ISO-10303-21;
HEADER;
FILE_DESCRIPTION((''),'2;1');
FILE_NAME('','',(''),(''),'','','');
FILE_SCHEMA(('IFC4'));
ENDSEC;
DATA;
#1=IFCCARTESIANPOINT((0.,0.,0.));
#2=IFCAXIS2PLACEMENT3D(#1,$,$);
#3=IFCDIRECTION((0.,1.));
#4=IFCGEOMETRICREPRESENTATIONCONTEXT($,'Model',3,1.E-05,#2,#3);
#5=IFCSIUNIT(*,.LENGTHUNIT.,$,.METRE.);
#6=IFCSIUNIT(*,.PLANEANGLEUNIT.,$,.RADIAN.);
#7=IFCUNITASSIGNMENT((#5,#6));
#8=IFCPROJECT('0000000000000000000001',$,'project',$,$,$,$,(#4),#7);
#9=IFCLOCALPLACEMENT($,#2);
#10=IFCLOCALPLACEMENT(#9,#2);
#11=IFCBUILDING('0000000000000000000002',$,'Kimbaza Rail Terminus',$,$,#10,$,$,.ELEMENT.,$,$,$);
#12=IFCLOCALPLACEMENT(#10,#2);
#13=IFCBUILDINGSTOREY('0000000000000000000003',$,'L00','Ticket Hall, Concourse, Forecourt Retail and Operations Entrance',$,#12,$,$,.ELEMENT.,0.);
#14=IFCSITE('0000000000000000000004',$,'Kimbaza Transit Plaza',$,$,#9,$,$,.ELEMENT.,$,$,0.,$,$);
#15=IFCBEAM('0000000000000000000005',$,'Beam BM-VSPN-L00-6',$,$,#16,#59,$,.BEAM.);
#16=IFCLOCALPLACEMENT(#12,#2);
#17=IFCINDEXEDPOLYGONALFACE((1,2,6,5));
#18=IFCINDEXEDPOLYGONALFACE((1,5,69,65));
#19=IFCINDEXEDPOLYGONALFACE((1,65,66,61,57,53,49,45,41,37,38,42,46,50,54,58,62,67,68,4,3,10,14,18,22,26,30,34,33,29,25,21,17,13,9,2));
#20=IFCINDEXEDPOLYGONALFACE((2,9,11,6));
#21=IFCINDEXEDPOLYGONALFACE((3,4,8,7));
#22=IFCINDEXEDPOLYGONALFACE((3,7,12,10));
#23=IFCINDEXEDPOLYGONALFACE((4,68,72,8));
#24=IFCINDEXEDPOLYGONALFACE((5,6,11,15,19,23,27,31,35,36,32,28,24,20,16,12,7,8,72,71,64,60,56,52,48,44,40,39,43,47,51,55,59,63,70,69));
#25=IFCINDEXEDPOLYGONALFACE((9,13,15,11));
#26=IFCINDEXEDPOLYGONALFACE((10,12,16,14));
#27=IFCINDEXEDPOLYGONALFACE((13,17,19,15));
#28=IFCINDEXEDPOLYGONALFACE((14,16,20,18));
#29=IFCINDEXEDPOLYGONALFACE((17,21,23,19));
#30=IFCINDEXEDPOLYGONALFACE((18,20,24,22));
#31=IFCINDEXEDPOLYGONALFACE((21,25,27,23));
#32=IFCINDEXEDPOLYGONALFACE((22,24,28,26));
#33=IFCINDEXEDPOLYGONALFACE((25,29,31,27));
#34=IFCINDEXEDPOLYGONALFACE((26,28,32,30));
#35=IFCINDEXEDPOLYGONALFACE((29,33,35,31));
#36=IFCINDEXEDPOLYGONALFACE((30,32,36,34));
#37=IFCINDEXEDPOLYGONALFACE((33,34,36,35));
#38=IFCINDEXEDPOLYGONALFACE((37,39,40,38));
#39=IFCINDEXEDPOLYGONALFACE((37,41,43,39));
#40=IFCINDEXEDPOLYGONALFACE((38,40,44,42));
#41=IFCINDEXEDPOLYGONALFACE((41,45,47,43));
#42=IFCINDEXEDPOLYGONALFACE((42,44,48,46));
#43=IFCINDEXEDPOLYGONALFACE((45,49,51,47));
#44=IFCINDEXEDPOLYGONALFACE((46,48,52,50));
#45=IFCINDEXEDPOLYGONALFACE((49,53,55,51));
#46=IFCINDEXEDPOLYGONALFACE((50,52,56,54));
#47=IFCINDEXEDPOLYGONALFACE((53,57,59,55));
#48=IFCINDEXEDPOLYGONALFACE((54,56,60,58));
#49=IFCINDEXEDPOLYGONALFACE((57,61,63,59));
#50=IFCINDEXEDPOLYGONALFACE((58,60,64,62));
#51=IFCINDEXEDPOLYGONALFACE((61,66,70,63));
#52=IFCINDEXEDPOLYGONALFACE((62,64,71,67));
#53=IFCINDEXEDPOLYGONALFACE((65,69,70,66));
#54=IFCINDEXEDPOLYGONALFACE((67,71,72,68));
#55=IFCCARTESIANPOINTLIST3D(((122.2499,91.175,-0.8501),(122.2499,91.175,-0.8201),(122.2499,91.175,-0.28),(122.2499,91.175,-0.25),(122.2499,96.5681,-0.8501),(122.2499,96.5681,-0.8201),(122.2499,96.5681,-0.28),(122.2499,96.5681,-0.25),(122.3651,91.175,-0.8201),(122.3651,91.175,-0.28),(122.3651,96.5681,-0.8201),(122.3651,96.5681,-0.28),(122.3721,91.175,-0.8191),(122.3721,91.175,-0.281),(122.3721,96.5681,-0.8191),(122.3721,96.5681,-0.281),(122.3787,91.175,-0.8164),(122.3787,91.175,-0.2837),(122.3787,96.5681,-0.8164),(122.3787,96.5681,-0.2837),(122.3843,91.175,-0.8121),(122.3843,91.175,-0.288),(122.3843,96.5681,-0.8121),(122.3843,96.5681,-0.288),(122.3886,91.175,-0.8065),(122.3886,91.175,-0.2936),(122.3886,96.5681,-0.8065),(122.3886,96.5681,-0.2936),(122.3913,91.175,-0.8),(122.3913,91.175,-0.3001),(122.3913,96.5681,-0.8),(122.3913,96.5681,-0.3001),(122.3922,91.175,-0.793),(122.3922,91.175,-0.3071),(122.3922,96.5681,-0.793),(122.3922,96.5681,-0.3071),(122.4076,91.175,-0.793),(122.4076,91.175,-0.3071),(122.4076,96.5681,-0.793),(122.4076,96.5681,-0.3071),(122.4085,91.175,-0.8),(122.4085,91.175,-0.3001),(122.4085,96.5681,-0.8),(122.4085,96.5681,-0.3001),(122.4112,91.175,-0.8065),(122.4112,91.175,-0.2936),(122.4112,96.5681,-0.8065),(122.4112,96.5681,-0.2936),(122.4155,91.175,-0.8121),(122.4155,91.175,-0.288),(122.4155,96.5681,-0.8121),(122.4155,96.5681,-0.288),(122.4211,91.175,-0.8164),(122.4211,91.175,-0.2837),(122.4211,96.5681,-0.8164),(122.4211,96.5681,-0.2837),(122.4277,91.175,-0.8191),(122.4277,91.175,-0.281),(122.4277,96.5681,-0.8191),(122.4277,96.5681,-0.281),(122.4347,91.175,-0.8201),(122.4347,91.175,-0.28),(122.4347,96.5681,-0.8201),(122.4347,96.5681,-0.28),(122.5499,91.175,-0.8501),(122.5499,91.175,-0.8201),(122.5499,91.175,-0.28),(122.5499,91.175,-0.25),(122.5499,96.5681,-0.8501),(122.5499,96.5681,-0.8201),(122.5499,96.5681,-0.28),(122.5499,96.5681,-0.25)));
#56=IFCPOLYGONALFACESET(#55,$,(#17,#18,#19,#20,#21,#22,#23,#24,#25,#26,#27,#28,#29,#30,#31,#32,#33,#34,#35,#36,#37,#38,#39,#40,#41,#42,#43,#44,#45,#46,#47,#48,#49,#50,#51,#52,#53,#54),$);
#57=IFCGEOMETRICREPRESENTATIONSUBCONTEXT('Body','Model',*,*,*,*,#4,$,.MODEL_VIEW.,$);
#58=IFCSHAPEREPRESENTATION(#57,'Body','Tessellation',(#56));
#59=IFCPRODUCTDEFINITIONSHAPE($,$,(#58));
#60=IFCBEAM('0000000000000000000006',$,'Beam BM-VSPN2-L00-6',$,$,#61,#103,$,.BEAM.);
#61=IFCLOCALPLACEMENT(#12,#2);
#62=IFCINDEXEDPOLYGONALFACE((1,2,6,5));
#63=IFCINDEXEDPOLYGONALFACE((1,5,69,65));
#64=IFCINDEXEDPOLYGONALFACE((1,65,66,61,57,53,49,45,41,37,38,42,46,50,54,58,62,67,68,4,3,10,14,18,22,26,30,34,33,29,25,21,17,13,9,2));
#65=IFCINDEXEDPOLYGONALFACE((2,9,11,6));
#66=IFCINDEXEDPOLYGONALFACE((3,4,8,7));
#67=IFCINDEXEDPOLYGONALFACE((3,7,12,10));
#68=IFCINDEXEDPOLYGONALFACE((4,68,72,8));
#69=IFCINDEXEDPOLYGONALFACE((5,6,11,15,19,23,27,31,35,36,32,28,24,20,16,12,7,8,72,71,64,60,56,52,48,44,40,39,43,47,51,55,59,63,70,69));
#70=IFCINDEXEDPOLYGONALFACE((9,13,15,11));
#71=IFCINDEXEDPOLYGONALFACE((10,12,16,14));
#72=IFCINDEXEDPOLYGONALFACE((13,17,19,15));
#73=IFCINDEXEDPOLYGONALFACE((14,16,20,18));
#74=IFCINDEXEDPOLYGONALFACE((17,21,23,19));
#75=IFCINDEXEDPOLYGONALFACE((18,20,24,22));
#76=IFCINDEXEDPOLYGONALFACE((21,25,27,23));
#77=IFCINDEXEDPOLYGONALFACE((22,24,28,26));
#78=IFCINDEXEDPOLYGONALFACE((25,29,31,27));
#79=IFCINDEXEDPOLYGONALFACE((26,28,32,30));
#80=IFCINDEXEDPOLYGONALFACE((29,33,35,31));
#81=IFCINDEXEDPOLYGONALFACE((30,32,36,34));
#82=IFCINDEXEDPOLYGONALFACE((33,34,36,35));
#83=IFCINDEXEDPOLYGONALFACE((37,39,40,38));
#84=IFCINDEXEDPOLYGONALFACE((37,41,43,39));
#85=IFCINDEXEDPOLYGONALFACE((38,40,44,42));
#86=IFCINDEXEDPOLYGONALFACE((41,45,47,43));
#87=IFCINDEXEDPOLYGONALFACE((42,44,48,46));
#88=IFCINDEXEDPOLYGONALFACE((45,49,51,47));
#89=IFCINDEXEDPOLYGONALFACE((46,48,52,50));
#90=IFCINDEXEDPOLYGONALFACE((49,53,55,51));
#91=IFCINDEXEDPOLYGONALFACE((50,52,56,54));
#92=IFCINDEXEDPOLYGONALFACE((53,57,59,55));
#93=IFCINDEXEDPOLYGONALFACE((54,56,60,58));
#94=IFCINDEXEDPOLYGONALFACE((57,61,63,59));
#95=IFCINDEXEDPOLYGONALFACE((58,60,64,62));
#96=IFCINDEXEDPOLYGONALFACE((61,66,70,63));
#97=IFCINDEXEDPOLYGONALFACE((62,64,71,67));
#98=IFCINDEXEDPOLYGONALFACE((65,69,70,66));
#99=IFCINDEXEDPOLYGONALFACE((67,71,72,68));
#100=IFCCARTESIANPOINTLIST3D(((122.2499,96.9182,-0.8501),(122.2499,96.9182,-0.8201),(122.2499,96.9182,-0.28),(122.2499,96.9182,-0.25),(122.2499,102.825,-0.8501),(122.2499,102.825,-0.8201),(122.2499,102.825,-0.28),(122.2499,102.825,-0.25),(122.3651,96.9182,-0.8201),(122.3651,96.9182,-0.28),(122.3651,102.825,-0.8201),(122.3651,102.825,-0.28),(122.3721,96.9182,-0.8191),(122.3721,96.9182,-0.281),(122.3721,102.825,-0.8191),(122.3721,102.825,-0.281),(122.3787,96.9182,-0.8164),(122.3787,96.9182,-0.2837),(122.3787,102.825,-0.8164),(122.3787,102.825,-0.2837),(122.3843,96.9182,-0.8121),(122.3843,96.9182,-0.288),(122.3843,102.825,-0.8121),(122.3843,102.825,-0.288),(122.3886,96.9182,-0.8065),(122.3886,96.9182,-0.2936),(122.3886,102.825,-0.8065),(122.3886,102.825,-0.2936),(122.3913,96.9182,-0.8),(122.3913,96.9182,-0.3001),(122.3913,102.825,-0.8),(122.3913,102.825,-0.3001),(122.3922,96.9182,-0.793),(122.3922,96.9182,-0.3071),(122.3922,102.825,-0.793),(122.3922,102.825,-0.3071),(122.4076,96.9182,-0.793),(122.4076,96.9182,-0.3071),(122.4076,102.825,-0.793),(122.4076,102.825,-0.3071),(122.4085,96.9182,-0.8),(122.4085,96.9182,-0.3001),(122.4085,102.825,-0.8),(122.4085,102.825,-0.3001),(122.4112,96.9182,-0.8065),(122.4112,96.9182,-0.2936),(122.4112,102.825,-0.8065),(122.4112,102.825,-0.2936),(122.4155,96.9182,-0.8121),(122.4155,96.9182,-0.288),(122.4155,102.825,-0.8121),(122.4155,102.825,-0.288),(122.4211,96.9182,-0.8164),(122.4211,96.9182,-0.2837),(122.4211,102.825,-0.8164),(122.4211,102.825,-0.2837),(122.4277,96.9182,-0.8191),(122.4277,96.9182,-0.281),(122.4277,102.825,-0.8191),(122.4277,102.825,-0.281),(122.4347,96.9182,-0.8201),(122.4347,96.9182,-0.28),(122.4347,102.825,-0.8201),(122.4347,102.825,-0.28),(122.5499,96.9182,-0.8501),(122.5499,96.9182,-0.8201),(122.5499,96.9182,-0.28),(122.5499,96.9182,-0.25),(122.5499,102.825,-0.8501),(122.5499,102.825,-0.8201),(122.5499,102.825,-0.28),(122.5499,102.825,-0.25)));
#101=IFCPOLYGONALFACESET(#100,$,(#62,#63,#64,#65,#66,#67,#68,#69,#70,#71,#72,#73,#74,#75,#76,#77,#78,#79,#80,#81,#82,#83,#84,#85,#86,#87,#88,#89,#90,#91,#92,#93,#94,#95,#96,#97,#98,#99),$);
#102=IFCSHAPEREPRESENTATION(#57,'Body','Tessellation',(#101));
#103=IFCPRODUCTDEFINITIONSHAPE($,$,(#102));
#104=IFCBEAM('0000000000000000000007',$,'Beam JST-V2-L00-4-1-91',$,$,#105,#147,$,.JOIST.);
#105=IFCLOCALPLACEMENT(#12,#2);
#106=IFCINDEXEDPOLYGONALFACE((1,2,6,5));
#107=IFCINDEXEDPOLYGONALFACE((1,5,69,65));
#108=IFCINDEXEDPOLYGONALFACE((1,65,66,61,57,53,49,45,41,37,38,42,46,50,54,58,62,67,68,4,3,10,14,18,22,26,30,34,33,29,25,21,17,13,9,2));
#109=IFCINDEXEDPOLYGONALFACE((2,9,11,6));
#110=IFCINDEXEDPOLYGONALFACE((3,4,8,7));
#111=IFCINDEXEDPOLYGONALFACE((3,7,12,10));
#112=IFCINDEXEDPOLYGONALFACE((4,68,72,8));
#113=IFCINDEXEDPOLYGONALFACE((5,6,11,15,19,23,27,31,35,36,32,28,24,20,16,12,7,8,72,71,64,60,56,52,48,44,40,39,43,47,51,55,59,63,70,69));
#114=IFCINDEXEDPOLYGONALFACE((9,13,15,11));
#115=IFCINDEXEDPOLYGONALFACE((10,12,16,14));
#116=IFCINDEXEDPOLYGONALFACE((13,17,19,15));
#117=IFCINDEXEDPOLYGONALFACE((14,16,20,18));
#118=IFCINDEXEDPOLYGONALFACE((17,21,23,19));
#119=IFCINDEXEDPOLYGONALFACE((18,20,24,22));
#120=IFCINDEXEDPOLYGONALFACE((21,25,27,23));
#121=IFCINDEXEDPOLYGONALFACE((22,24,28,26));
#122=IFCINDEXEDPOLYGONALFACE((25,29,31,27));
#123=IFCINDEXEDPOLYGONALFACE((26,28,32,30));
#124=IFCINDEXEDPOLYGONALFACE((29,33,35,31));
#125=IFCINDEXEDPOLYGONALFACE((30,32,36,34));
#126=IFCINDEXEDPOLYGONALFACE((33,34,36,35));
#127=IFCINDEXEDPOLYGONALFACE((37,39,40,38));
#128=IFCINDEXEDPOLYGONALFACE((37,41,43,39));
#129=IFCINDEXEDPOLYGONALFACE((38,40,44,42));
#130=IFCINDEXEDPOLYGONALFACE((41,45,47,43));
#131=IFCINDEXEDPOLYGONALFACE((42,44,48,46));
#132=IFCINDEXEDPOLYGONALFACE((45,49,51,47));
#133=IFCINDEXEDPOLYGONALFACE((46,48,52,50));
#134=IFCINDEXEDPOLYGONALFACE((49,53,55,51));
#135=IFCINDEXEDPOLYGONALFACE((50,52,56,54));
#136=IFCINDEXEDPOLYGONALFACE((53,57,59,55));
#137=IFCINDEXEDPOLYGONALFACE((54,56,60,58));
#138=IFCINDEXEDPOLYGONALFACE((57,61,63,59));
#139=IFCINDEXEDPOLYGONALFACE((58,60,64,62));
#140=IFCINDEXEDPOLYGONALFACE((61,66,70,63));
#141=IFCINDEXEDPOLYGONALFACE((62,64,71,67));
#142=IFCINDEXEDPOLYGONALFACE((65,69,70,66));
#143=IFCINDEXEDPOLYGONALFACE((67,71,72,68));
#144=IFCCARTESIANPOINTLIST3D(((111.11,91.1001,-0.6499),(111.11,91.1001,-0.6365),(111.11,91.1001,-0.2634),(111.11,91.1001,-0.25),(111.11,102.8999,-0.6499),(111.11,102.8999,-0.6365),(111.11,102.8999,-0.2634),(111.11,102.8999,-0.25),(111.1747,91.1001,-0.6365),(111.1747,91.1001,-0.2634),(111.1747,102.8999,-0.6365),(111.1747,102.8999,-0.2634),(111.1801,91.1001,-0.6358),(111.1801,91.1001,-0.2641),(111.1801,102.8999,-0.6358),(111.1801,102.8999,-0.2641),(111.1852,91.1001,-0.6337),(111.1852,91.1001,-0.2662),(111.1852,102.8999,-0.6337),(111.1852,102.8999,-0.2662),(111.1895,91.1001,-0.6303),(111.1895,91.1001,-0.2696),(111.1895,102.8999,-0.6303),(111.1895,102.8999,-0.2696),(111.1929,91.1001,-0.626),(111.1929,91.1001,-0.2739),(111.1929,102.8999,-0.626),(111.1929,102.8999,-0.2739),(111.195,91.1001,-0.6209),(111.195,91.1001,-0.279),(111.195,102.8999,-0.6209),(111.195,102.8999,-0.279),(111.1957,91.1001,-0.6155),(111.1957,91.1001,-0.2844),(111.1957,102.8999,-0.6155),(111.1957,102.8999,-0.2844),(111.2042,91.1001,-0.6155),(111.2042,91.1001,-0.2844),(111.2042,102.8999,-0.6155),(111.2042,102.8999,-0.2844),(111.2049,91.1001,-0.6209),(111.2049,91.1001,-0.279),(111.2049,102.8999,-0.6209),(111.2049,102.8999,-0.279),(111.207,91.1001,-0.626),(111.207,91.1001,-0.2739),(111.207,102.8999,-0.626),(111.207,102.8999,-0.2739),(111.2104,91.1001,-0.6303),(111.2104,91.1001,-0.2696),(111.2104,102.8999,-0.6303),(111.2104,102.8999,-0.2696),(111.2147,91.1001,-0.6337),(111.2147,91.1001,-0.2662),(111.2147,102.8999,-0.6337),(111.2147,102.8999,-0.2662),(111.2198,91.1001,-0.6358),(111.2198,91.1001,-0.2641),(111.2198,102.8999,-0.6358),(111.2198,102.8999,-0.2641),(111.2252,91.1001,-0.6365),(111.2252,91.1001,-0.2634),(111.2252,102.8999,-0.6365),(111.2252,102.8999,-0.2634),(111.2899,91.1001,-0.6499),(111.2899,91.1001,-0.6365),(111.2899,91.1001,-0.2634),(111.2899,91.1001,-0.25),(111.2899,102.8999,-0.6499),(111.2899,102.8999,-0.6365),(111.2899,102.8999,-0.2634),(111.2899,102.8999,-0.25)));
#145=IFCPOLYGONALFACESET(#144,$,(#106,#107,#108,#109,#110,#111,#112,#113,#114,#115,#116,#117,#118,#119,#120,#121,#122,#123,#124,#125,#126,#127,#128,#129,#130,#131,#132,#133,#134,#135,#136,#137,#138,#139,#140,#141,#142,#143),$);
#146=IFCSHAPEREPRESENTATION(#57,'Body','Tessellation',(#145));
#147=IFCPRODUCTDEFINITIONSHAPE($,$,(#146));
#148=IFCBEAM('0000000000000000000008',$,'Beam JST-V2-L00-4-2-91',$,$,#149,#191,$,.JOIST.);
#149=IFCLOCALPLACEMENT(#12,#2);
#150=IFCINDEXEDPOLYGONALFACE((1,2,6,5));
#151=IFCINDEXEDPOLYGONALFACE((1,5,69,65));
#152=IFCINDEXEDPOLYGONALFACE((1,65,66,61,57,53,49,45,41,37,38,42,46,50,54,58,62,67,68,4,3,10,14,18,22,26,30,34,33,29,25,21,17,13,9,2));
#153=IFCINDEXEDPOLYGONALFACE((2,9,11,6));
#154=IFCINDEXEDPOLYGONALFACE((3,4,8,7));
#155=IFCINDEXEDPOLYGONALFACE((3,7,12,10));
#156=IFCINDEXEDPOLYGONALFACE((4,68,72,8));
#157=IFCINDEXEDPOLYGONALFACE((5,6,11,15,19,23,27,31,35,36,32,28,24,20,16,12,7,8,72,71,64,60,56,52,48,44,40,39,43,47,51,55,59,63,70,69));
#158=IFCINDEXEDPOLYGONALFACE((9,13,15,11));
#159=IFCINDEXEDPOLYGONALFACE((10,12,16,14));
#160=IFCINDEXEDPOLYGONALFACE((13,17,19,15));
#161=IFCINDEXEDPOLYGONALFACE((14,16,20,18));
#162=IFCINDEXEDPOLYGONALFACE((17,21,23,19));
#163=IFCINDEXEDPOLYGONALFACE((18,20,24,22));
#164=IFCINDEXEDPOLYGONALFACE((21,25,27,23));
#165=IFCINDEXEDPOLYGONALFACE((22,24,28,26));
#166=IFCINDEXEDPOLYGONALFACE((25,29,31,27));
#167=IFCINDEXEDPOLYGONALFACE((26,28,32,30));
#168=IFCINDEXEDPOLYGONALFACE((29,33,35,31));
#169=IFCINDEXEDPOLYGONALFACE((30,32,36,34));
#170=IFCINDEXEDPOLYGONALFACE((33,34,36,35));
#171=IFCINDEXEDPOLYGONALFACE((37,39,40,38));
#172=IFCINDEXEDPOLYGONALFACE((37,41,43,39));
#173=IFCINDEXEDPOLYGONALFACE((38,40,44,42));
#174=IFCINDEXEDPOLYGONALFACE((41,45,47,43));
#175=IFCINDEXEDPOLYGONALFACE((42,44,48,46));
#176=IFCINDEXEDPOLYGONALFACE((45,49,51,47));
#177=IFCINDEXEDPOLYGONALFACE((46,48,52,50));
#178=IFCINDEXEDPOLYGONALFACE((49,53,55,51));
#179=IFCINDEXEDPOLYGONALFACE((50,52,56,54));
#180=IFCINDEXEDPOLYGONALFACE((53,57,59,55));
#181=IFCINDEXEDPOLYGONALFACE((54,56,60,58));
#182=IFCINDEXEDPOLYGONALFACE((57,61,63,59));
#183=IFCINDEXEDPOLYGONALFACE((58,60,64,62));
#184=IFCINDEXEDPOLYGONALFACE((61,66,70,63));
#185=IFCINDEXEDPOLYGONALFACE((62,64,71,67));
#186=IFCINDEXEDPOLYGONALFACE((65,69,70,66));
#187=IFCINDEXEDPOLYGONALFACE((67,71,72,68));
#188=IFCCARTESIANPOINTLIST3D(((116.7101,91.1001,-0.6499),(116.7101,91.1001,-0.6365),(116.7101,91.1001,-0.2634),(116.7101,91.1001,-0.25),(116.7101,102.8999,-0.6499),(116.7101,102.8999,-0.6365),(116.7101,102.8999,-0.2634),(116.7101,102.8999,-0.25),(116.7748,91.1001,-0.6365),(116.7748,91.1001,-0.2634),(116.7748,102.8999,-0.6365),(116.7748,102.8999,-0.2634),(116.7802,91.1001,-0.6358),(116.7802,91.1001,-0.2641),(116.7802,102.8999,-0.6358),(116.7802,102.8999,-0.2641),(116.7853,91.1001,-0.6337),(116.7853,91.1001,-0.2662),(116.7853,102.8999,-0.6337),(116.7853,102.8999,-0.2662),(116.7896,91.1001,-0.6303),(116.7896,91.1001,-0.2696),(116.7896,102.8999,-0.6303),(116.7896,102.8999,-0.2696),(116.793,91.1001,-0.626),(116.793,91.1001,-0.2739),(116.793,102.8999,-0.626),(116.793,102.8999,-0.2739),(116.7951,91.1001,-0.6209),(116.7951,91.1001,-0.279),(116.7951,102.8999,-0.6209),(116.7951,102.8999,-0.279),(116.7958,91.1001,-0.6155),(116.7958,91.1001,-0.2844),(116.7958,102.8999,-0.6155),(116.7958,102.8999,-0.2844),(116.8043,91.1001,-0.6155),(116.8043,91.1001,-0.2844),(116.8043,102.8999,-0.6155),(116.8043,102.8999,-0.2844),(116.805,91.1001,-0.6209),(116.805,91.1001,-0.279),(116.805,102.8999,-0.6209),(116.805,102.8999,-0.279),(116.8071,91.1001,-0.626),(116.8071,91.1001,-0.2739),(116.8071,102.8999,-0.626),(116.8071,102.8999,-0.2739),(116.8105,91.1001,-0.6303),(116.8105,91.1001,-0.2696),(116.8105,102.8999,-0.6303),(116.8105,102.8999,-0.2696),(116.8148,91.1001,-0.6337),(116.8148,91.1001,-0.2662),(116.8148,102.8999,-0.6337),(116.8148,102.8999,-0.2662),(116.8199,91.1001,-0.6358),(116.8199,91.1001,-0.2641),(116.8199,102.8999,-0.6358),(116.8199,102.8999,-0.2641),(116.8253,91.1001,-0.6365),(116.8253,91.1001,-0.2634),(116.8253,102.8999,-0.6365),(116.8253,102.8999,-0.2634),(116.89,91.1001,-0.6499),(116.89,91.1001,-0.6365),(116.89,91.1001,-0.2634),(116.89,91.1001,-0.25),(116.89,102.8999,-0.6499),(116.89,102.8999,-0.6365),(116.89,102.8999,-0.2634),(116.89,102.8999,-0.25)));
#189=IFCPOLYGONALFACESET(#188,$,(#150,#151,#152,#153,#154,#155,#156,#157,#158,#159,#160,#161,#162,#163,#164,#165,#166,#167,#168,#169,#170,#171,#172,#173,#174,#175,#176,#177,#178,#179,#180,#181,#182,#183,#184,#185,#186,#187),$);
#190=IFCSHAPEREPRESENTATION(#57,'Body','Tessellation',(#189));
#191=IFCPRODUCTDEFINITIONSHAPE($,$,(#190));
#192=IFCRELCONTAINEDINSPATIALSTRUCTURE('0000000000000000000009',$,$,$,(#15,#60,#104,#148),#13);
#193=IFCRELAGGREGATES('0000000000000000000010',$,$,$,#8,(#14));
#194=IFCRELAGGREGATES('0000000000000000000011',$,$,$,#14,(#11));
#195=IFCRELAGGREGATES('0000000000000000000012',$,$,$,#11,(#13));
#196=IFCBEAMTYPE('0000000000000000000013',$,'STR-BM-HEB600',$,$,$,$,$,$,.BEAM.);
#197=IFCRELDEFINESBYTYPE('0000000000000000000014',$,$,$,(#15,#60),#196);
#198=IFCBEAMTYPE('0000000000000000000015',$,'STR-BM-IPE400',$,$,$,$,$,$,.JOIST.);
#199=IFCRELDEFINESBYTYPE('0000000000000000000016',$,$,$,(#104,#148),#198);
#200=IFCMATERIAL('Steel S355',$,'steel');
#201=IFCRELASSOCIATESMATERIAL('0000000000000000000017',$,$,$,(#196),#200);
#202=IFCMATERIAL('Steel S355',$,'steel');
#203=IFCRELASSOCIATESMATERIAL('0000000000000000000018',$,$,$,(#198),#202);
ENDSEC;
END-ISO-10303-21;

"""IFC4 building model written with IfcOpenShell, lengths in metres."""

from ifc_helpers import new_model, si_unit, direction, frame, origin, origin_2d, place, context, subcontext, project, spatial, i_section, extrude, material, material_profile, profile_set, type_object, element, save


model = new_model("IFC4")

# Units and contexts
model_context = context("Model", 3, precision=1e-05, world=origin(), true_north=direction((0.0, 1.0)))
body_context = subcontext(model_context, "Body", "Model", "MODEL_VIEW")
ifc_project = project(units=[si_unit("LENGTHUNIT", "METRE"), si_unit("PLANEANGLEUNIT", "RADIAN")], contexts=[model_context])

# Site, building, storey
site_placement = place(None, origin())
site = spatial("IfcSite", under=ifc_project, at=site_placement, Name="Kimbaza Transit Plaza", CompositionType="ELEMENT", RefElevation=0.0)
building_placement = place(site_placement, origin())
building = spatial("IfcBuilding", under=site, at=building_placement, Name="Kimbaza Rail Terminus", CompositionType="ELEMENT")
storey_placement = place(building_placement, origin())
storey = spatial("IfcBuildingStorey", under=building, at=storey_placement, Name="L00", Description="Ticket Hall, Concourse, Forecourt Retail and Operations Entrance", CompositionType="ELEMENT", Elevation=0.0)

# Beams
ifc_material_1 = material(Name="Steel S355", Category="steel")
ifc_material_profile_1 = material_profile(ifc_material_1, i_section(OverallWidth=0.3, OverallDepth=0.6001, WebThickness=0.0154, FlangeThickness=0.03, FilletRadius=0.0271, at=origin_2d()), Name="HEB 600")
ifc_profile_set_1 = profile_set([ifc_material_profile_1], Name="Steel S355")
beam_type_1 = type_object("IfcBeamType", Name="STR-BM-HEB600", PredefinedType="BEAM", material=ifc_profile_set_1)
beam_1_placement = place(storey_placement, frame((122.3999, 91.175, -0.55), z_axis=(0.0, 1.0, 0.0), x_axis=(-1.0, 0.0, 0.0)))
element("IfcBeam", 1, at=beam_1_placement, inside=storey, type_object=beam_type_1, Name="Beam BM-VSPN-L00-6", PredefinedType="BEAM", context=body_context, shape_type="SweptSolid", body=[
    extrude(i_section(OverallWidth=0.3, OverallDepth=0.6001, WebThickness=0.0154, FlangeThickness=0.03, FilletRadius=0.0271, at=origin_2d()), origin(), (0.0, 0.0, 1.0), 5.3931),
])
beam_2_placement = place(storey_placement, frame((122.3999, 96.9182, -0.55), z_axis=(0.0, 1.0, 0.0), x_axis=(-1.0, 0.0, 0.0)))
element("IfcBeam", 2, at=beam_2_placement, inside=storey, type_object=beam_type_1, Name="Beam BM-VSPN2-L00-6", PredefinedType="BEAM", context=body_context, shape_type="SweptSolid", body=[
    extrude(i_section(OverallWidth=0.3, OverallDepth=0.6001, WebThickness=0.0154, FlangeThickness=0.03, FilletRadius=0.0271, at=origin_2d()), origin(), (0.0, 0.0, 1.0), 5.9067),
])
ifc_material_2 = material(Name="Steel S355", Category="steel")
ifc_material_profile_2 = material_profile(ifc_material_2, i_section(OverallWidth=0.1799, OverallDepth=0.3999, WebThickness=0.0085, FlangeThickness=0.0134, FilletRadius=0.021, at=origin_2d()), Name="IPE 400")
ifc_profile_set_2 = profile_set([ifc_material_profile_2], Name="Steel S355")
beam_type_2 = type_object("IfcBeamType", Name="STR-BM-IPE400", PredefinedType="JOIST", material=ifc_profile_set_2)
for number, where, z_axis, x_axis, name in (
    (3, (111.2, 91.1001, -0.45), (0.0, 1.0, 0.0), (-1.0, 0.0, 0.0), "Beam JST-V2-L00-4-1-91"),
    (4, (116.8, 91.1001, -0.45), (0.0, 1.0, 0.0), (-1.0, 0.0, 0.0), "Beam JST-V2-L00-4-2-91"),
):
    element("IfcBeam", number, at=place(storey_placement, frame(where, z_axis=z_axis, x_axis=x_axis)), inside=storey, type_object=beam_type_2, Name=name, PredefinedType="JOIST", context=body_context, shape_type="SweptSolid", body=[
        extrude(i_section(OverallWidth=0.1799, OverallDepth=0.3999, WebThickness=0.0085, FlangeThickness=0.0134, FilletRadius=0.021, at=origin_2d()), origin(), (0.0, 0.0, 1.0), 11.7998),
    ])

save(model, "model.ifc")
